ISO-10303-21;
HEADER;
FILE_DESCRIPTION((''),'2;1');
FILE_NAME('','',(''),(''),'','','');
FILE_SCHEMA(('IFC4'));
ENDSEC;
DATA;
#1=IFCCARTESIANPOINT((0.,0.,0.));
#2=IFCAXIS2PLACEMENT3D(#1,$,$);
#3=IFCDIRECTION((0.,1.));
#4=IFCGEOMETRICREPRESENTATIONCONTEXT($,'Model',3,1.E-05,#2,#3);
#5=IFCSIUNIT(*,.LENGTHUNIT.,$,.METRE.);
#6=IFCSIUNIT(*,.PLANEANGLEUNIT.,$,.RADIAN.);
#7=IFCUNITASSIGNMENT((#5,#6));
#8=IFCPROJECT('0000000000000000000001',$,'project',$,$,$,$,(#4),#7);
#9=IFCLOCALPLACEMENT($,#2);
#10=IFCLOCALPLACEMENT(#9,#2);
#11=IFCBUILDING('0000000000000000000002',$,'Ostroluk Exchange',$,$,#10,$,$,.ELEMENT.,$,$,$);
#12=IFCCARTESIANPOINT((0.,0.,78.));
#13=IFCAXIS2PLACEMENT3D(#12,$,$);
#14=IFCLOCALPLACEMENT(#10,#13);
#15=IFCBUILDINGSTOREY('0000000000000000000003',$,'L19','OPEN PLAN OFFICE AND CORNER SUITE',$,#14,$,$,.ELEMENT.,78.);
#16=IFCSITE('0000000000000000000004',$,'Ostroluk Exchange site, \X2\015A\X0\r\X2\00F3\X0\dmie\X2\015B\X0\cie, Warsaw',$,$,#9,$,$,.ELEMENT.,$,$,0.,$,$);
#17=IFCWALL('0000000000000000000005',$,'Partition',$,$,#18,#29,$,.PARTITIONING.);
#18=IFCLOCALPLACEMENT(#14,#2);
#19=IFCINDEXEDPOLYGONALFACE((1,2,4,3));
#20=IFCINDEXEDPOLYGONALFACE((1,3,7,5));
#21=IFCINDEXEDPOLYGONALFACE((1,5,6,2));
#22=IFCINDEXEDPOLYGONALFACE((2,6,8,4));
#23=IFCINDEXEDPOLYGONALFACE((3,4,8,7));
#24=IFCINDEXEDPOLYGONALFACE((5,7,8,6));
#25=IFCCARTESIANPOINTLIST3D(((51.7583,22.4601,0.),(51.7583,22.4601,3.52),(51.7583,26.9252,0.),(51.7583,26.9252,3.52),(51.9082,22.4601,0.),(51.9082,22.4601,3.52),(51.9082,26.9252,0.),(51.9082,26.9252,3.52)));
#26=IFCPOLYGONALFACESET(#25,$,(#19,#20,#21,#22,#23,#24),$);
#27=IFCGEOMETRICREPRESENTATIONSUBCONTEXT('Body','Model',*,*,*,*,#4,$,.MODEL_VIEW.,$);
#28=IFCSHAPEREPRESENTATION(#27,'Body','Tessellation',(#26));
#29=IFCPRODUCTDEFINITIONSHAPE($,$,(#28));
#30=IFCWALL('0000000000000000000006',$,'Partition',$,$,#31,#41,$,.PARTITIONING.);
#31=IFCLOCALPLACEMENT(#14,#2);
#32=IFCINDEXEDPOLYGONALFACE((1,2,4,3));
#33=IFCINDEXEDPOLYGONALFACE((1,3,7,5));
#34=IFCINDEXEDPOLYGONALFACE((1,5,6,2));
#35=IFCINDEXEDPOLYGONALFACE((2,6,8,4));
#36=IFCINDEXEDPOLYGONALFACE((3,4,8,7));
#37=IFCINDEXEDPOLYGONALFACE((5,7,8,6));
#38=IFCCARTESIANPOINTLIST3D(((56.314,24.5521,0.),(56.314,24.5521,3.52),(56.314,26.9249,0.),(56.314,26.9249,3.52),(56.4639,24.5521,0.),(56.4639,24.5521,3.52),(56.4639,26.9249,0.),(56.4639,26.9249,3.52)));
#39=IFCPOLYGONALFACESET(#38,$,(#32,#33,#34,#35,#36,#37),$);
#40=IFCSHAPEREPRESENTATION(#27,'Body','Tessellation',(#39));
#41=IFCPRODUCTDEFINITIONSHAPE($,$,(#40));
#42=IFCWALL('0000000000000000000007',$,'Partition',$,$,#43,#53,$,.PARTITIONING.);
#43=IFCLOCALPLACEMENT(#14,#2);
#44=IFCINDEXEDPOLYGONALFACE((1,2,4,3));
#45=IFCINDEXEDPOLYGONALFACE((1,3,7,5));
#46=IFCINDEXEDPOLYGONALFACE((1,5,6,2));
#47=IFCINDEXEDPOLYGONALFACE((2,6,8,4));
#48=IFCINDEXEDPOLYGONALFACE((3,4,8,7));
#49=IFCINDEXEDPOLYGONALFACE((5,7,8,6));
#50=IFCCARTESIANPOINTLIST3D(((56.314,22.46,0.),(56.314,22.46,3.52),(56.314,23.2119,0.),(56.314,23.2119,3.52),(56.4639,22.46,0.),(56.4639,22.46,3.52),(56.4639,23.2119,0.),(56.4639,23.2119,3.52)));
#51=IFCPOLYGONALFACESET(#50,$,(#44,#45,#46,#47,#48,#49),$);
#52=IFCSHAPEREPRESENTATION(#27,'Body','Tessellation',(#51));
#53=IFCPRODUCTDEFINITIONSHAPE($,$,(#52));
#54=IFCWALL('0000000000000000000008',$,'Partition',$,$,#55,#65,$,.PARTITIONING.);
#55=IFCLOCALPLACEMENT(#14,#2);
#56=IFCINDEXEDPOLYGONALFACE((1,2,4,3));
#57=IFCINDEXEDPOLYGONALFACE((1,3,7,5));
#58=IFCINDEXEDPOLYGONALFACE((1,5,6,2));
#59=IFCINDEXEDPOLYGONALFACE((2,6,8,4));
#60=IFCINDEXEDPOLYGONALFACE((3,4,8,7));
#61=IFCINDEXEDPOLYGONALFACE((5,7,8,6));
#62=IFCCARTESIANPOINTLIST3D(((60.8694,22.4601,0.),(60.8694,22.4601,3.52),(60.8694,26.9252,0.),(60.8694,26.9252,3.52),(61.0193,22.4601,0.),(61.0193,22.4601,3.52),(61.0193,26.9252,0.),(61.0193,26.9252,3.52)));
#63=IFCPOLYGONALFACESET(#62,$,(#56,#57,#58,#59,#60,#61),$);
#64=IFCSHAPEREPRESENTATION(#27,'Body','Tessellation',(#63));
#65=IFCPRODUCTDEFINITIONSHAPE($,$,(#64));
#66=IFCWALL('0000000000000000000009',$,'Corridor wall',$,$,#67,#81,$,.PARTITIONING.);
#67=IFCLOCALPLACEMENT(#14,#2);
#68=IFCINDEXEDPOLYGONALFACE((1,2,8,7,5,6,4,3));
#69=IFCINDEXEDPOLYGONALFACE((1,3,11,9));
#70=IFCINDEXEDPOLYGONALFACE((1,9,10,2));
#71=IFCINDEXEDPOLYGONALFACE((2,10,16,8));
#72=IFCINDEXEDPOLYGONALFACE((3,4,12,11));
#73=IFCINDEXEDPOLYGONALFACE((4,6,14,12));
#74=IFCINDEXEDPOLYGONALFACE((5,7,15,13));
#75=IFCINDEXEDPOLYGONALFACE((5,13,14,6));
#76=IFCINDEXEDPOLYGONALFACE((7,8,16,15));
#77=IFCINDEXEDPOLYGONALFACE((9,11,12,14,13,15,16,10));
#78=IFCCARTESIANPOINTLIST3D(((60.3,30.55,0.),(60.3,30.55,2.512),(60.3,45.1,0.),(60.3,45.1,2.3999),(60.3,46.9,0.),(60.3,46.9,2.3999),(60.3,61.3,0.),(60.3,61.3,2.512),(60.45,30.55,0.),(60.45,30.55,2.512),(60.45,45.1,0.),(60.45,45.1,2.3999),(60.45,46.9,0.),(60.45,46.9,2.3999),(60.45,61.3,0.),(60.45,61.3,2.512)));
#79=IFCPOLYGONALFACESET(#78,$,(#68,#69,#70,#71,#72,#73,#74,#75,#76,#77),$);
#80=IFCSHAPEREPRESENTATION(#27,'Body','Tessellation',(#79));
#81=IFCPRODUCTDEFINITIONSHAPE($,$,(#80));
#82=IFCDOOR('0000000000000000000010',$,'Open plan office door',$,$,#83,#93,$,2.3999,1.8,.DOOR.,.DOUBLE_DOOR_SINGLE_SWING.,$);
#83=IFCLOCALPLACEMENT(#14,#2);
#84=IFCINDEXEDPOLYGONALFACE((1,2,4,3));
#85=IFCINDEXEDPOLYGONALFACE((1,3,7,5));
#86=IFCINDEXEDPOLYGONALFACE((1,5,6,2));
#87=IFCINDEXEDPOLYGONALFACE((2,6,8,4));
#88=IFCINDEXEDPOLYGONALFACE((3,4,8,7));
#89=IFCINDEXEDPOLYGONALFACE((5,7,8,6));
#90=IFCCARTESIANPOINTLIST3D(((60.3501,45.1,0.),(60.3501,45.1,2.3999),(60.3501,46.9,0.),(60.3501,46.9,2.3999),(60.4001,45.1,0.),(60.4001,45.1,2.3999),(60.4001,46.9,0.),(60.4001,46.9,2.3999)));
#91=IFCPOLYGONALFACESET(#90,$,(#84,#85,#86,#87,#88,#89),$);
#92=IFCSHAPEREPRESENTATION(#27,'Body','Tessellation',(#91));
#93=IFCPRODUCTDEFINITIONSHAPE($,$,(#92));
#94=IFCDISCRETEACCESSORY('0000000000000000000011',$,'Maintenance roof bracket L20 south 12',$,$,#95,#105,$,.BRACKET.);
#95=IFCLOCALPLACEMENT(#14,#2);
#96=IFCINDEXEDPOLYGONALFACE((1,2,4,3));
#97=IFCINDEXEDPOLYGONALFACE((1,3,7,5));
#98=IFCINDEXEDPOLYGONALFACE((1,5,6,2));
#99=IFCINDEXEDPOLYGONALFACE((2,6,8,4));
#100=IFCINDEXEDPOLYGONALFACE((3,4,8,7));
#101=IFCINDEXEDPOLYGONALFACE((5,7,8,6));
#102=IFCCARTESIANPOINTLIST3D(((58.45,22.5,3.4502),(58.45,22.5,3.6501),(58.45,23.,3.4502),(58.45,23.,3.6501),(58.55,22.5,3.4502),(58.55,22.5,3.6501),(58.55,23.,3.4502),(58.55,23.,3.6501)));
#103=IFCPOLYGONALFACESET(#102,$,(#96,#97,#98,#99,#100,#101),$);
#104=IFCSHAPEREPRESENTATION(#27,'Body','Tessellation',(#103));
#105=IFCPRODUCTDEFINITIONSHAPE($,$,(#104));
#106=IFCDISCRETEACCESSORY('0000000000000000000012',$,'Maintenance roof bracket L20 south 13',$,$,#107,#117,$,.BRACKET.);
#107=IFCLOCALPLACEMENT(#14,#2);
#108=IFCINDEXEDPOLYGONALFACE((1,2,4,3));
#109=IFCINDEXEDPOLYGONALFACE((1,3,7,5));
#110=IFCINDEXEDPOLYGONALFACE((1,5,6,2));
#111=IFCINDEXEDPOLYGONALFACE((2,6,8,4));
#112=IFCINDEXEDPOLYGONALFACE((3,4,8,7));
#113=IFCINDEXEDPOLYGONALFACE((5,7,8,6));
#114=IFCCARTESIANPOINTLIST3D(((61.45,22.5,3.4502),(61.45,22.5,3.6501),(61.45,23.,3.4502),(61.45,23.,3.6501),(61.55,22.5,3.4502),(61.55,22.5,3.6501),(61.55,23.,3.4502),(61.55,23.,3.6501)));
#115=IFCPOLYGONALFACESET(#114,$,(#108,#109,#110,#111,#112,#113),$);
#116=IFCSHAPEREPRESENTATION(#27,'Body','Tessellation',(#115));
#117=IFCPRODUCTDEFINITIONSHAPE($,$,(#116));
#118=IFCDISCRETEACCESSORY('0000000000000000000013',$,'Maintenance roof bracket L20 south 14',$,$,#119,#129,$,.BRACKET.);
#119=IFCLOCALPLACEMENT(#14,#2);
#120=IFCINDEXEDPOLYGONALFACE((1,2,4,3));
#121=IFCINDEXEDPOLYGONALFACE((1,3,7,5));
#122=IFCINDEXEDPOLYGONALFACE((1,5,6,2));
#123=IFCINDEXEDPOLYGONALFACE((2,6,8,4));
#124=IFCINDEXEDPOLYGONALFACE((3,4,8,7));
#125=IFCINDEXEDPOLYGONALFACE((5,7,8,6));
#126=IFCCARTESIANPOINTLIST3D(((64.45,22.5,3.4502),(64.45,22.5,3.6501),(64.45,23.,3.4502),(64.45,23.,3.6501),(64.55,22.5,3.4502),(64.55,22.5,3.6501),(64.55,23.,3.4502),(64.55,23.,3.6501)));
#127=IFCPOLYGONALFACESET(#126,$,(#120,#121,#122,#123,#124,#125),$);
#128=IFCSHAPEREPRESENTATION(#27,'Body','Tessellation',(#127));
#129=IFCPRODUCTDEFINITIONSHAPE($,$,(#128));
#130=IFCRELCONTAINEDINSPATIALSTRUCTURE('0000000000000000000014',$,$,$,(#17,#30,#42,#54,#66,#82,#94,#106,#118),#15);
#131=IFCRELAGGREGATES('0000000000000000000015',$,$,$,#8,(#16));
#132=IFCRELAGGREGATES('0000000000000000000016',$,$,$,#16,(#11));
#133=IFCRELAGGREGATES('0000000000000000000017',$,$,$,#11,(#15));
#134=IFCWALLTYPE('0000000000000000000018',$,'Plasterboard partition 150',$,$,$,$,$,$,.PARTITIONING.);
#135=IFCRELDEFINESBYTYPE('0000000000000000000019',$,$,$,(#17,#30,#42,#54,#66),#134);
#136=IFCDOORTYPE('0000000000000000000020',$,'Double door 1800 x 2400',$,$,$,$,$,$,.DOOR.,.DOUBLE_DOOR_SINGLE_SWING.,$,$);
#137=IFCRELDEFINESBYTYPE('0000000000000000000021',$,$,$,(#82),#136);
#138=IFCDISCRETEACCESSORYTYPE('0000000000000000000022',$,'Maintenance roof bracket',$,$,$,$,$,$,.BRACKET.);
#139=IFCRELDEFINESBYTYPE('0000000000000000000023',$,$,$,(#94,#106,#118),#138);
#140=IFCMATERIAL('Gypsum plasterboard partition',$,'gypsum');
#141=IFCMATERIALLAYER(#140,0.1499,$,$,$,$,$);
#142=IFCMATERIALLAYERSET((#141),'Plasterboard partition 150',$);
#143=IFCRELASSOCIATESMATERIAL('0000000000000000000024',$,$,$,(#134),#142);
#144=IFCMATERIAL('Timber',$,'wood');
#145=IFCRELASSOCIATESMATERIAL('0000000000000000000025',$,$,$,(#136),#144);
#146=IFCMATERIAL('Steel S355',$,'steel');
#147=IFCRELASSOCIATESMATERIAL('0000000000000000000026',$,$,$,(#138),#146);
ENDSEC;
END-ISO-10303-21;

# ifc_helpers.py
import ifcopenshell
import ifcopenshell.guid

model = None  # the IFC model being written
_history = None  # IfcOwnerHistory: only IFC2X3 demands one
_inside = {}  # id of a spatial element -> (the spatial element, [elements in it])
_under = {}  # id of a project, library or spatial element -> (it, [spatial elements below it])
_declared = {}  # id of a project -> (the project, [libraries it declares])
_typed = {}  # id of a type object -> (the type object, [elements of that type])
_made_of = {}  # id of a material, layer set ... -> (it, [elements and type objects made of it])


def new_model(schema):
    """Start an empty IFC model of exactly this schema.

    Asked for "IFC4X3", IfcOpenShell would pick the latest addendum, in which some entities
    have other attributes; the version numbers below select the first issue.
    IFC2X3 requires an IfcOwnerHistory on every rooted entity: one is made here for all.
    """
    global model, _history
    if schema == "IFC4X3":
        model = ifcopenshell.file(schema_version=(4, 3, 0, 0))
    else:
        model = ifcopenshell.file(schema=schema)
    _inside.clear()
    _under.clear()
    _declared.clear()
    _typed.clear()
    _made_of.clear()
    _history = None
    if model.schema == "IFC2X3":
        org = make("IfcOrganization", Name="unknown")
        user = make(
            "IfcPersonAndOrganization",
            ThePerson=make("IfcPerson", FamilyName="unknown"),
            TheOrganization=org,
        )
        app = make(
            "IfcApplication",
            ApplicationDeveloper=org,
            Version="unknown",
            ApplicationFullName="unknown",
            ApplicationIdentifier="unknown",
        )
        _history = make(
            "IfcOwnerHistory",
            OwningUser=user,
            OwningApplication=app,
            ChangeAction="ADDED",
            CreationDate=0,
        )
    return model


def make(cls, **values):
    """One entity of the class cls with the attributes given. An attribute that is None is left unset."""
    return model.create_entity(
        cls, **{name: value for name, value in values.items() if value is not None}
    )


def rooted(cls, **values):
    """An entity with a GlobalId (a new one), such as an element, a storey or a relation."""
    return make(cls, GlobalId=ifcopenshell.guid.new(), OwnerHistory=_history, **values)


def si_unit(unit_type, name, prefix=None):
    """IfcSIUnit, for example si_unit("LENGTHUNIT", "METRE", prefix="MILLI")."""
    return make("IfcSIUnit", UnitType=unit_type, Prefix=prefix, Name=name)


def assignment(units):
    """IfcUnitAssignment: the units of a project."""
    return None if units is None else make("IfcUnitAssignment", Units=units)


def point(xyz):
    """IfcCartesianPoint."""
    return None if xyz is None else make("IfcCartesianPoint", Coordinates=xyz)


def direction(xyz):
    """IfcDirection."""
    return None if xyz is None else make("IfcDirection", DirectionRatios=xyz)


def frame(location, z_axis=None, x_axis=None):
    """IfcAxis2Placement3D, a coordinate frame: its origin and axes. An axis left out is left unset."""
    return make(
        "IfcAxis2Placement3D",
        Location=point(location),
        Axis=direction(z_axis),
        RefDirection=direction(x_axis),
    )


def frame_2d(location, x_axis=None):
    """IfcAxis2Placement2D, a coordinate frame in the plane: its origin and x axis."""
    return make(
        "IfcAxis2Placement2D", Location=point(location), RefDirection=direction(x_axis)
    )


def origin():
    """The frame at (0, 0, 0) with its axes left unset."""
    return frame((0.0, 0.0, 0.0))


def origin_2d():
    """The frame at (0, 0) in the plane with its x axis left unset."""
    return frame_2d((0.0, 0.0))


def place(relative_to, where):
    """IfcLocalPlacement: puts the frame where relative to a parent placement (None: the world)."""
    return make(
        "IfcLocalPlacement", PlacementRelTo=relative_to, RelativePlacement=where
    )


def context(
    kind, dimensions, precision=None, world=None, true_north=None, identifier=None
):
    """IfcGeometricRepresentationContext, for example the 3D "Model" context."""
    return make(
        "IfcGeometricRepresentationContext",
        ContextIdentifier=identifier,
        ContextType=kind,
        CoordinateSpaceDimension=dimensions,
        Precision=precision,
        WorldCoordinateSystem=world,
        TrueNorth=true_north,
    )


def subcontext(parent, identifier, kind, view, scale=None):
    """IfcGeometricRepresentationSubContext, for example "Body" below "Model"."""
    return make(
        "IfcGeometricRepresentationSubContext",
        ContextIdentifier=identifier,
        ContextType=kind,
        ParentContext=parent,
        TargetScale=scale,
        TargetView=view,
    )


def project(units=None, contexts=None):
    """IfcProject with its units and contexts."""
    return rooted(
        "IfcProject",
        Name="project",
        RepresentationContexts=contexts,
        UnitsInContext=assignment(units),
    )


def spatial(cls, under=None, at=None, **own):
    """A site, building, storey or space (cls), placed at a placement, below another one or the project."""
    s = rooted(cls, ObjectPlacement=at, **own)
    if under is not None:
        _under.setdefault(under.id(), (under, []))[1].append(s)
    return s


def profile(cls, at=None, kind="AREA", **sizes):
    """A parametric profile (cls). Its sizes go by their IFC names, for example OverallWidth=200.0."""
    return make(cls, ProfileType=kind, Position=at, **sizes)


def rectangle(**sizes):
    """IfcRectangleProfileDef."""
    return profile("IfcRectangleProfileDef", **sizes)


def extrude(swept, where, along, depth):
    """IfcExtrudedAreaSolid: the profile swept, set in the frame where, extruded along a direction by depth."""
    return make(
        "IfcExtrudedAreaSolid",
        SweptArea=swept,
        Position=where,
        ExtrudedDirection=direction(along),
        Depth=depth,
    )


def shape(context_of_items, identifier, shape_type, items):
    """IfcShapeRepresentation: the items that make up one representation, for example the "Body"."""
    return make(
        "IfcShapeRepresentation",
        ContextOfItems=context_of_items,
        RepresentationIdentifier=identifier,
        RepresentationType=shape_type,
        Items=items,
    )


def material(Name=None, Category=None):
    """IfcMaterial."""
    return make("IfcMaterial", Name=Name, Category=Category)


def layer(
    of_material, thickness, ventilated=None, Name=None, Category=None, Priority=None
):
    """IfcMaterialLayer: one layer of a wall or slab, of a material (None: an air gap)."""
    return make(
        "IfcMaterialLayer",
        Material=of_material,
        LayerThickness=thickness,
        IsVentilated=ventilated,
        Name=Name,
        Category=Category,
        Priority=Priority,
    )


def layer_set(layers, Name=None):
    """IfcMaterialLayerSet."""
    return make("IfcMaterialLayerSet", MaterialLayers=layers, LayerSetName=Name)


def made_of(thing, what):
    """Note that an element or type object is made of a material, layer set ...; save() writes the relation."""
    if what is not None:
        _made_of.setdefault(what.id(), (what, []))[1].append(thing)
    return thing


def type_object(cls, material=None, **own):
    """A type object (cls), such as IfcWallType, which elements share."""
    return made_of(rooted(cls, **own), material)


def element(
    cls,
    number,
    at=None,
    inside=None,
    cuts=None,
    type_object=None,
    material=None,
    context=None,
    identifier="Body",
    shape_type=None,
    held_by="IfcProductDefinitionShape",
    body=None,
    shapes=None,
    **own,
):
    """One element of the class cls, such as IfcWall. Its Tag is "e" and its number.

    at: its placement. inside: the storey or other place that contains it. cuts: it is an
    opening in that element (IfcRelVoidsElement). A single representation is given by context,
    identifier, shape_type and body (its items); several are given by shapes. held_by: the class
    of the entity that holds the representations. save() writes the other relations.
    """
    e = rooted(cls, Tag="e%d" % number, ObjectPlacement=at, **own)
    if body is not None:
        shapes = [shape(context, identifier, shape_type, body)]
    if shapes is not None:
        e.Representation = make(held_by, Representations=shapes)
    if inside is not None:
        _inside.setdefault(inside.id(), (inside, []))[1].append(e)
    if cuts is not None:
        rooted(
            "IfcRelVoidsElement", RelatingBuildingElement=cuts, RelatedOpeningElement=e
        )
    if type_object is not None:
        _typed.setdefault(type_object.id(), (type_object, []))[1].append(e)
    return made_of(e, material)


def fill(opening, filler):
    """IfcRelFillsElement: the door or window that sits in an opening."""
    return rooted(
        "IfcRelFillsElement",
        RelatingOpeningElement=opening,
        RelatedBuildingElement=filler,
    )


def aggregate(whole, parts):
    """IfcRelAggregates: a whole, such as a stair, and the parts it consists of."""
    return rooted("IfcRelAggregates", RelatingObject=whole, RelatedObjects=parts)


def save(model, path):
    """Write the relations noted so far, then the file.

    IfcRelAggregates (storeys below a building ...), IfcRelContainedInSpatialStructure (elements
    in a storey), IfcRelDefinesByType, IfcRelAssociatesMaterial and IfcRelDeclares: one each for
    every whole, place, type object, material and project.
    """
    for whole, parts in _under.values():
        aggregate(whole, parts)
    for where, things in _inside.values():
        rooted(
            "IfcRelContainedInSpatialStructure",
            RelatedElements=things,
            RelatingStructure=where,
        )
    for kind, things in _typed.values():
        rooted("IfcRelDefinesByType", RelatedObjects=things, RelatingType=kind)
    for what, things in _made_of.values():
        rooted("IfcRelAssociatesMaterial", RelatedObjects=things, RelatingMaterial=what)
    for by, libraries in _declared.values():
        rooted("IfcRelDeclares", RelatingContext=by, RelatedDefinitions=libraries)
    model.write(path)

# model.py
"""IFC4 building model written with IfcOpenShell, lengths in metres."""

from ifc_helpers import new_model, si_unit, direction, frame, frame_2d, origin, origin_2d, place, context, subcontext, project, spatial, rectangle, extrude, material, layer, layer_set, type_object, element, fill, save


model = new_model("IFC4")

# Units and contexts
model_context = context("Model", 3, precision=1e-05, world=origin(), true_north=direction((0.0, 1.0)))
body_context = subcontext(model_context, "Body", "Model", "MODEL_VIEW")
ifc_project = project(units=[si_unit("LENGTHUNIT", "METRE"), si_unit("PLANEANGLEUNIT", "RADIAN")], contexts=[model_context])

# Site, building, storey
site_placement = place(None, origin())
site = spatial("IfcSite", under=ifc_project, at=site_placement, Name="Ostroluk Exchange site, Śródmieście, Warsaw", CompositionType="ELEMENT", RefElevation=0.0)
building_placement = place(site_placement, origin())
building = spatial("IfcBuilding", under=site, at=building_placement, Name="Ostroluk Exchange", CompositionType="ELEMENT")
storey_placement = place(building_placement, frame((0.0, 0.0, 78.0)))
storey = spatial("IfcBuildingStorey", under=building, at=storey_placement, Name="L19", Description="OPEN PLAN OFFICE AND CORNER SUITE", CompositionType="ELEMENT", Elevation=78.0)

# Walls
ifc_material_1 = material(Name="Gypsum plasterboard partition", Category="gypsum")
ifc_layer_1 = layer(ifc_material_1, 0.1499)
ifc_layer_set_1 = layer_set([ifc_layer_1], Name="Plasterboard partition 150")
wall_type_1 = type_object("IfcWallType", Name="Plasterboard partition 150", PredefinedType="PARTITIONING", material=ifc_layer_set_1)
wall_1_placement = place(storey_placement, frame((51.8333, 26.925, 0.0), z_axis=(0.0, 0.0, 1.0), x_axis=(0.0, -1.0, 0.0)))
element("IfcWall", 1, at=wall_1_placement, inside=storey, type_object=wall_type_1, Name="Partition", PredefinedType="PARTITIONING", context=body_context, shape_type="SweptSolid", body=[
    extrude(rectangle(XDim=4.4651, YDim=0.1499, at=frame_2d((2.2324, 0.0))), origin(), (0.0, 0.0, 1.0), 3.52),
])
wall_2_placement = place(storey_placement, frame((56.3889, 26.925, 0.0), z_axis=(0.0, 0.0, 1.0), x_axis=(0.0, -1.0, 0.0)))
element("IfcWall", 2, at=wall_2_placement, inside=storey, type_object=wall_type_1, Name="Partition", PredefinedType="PARTITIONING", context=body_context, shape_type="SweptSolid", body=[
    extrude(rectangle(XDim=2.3728, YDim=0.1499, at=frame_2d((1.1865, 0.0))), origin(), (0.0, 0.0, 1.0), 3.52),
])
wall_3_placement = place(storey_placement, frame((56.3889, 23.2119, 0.0), z_axis=(0.0, 0.0, 1.0), x_axis=(0.0, -1.0, 0.0)))
element("IfcWall", 3, at=wall_3_placement, inside=storey, type_object=wall_type_1, Name="Partition", PredefinedType="PARTITIONING", context=body_context, shape_type="SweptSolid", body=[
    extrude(rectangle(XDim=0.752, YDim=0.1499, at=frame_2d((0.376, 0.0))), origin(), (0.0, 0.0, 1.0), 3.52),
])
wall_4_placement = place(storey_placement, frame((60.9443, 26.925, 0.0), z_axis=(0.0, 0.0, 1.0), x_axis=(0.0, -1.0, 0.0)))
element("IfcWall", 4, at=wall_4_placement, inside=storey, type_object=wall_type_1, Name="Partition", PredefinedType="PARTITIONING", context=body_context, shape_type="SweptSolid", body=[
    extrude(rectangle(XDim=4.4651, YDim=0.1499, at=frame_2d((2.2324, 0.0))), origin(), (0.0, 0.0, 1.0), 3.52),
])

# Wall, opening, door
wall_5_placement = place(storey_placement, frame((60.375, 30.55, 0.0), z_axis=(0.0, 0.0, 1.0), x_axis=(0.0, 1.0, 0.0)))
wall_5 = element("IfcWall", 5, at=wall_5_placement, inside=storey, type_object=wall_type_1, Name="Corridor wall", PredefinedType="PARTITIONING", context=body_context, shape_type="SweptSolid", body=[
    extrude(rectangle(XDim=30.75, YDim=0.1499, at=frame_2d((15.375, 0.0))), origin(), (0.0, 0.0, 1.0), 2.512),
])
opening_1_placement = place(wall_5_placement, frame((14.55, 0.0, 0.0)))
opening_1 = element("IfcOpeningElement", 6, at=opening_1_placement, cuts=wall_5, PredefinedType="OPENING", context=body_context, shape_type="SweptSolid", body=[
    extrude(rectangle(XDim=1.8, YDim=2.3999, at=frame_2d((0.8999, 1.2))), frame((0.0, 0.085, 0.0), z_axis=(0.0, -1.0, 0.0), x_axis=(1.0, 0.0, 0.0)), (0.0, 0.0, 1.0), 0.1699),
])
ifc_material_2 = material(Name="Timber", Category="wood")
door_type_1 = type_object("IfcDoorType", Name="Double door 1800 x 2400", OperationType="DOUBLE_DOOR_SINGLE_SWING", PredefinedType="DOOR", material=ifc_material_2)
door_1_placement = place(opening_1_placement, origin())
door_1 = element("IfcDoor", 7, at=door_1_placement, inside=storey, type_object=door_type_1, Name="Open plan office door", OperationType="DOUBLE_DOOR_SINGLE_SWING", OverallHeight=2.3999, OverallWidth=1.8, PredefinedType="DOOR", context=body_context, shape_type="SweptSolid", body=[
    extrude(rectangle(XDim=1.8, YDim=2.3999, at=frame_2d((0.8999, 1.2))), frame((0.0, 0.0249, 0.0), z_axis=(0.0, -1.0, 0.0), x_axis=(1.0, 0.0, 0.0)), (0.0, 0.0, 1.0), 0.05),
])
fill(opening_1, door_1)

# Discrete accessories
ifc_material_3 = material(Name="Steel S355", Category="steel")
discrete_accessory_type = type_object("IfcDiscreteAccessoryType", Name="Maintenance roof bracket", PredefinedType="BRACKET", material=ifc_material_3)
for number, where, z_axis, x_axis, name in (
    (8, (58.5, 22.75, 3.4502), (0.0, 0.0, 1.0), (1.0, 0.0, 0.0), "Maintenance roof bracket L20 south 12"),
    (9, (61.5, 22.75, 3.4502), (0.0, 0.0, 1.0), (1.0, 0.0, 0.0), "Maintenance roof bracket L20 south 13"),
    (10, (64.5, 22.75, 3.4502), (0.0, 0.0, 1.0), (1.0, 0.0, 0.0), "Maintenance roof bracket L20 south 14"),
):
    element("IfcDiscreteAccessory", number, at=place(storey_placement, frame(where, z_axis=z_axis, x_axis=x_axis)), inside=storey, type_object=discrete_accessory_type, Name=name, PredefinedType="BRACKET", context=body_context, shape_type="SweptSolid", body=[
        extrude(rectangle(XDim=0.1001, YDim=0.5, at=origin_2d()), origin(), (0.0, 0.0, 1.0), 0.2),
    ])

save(model, "model.ifc")
